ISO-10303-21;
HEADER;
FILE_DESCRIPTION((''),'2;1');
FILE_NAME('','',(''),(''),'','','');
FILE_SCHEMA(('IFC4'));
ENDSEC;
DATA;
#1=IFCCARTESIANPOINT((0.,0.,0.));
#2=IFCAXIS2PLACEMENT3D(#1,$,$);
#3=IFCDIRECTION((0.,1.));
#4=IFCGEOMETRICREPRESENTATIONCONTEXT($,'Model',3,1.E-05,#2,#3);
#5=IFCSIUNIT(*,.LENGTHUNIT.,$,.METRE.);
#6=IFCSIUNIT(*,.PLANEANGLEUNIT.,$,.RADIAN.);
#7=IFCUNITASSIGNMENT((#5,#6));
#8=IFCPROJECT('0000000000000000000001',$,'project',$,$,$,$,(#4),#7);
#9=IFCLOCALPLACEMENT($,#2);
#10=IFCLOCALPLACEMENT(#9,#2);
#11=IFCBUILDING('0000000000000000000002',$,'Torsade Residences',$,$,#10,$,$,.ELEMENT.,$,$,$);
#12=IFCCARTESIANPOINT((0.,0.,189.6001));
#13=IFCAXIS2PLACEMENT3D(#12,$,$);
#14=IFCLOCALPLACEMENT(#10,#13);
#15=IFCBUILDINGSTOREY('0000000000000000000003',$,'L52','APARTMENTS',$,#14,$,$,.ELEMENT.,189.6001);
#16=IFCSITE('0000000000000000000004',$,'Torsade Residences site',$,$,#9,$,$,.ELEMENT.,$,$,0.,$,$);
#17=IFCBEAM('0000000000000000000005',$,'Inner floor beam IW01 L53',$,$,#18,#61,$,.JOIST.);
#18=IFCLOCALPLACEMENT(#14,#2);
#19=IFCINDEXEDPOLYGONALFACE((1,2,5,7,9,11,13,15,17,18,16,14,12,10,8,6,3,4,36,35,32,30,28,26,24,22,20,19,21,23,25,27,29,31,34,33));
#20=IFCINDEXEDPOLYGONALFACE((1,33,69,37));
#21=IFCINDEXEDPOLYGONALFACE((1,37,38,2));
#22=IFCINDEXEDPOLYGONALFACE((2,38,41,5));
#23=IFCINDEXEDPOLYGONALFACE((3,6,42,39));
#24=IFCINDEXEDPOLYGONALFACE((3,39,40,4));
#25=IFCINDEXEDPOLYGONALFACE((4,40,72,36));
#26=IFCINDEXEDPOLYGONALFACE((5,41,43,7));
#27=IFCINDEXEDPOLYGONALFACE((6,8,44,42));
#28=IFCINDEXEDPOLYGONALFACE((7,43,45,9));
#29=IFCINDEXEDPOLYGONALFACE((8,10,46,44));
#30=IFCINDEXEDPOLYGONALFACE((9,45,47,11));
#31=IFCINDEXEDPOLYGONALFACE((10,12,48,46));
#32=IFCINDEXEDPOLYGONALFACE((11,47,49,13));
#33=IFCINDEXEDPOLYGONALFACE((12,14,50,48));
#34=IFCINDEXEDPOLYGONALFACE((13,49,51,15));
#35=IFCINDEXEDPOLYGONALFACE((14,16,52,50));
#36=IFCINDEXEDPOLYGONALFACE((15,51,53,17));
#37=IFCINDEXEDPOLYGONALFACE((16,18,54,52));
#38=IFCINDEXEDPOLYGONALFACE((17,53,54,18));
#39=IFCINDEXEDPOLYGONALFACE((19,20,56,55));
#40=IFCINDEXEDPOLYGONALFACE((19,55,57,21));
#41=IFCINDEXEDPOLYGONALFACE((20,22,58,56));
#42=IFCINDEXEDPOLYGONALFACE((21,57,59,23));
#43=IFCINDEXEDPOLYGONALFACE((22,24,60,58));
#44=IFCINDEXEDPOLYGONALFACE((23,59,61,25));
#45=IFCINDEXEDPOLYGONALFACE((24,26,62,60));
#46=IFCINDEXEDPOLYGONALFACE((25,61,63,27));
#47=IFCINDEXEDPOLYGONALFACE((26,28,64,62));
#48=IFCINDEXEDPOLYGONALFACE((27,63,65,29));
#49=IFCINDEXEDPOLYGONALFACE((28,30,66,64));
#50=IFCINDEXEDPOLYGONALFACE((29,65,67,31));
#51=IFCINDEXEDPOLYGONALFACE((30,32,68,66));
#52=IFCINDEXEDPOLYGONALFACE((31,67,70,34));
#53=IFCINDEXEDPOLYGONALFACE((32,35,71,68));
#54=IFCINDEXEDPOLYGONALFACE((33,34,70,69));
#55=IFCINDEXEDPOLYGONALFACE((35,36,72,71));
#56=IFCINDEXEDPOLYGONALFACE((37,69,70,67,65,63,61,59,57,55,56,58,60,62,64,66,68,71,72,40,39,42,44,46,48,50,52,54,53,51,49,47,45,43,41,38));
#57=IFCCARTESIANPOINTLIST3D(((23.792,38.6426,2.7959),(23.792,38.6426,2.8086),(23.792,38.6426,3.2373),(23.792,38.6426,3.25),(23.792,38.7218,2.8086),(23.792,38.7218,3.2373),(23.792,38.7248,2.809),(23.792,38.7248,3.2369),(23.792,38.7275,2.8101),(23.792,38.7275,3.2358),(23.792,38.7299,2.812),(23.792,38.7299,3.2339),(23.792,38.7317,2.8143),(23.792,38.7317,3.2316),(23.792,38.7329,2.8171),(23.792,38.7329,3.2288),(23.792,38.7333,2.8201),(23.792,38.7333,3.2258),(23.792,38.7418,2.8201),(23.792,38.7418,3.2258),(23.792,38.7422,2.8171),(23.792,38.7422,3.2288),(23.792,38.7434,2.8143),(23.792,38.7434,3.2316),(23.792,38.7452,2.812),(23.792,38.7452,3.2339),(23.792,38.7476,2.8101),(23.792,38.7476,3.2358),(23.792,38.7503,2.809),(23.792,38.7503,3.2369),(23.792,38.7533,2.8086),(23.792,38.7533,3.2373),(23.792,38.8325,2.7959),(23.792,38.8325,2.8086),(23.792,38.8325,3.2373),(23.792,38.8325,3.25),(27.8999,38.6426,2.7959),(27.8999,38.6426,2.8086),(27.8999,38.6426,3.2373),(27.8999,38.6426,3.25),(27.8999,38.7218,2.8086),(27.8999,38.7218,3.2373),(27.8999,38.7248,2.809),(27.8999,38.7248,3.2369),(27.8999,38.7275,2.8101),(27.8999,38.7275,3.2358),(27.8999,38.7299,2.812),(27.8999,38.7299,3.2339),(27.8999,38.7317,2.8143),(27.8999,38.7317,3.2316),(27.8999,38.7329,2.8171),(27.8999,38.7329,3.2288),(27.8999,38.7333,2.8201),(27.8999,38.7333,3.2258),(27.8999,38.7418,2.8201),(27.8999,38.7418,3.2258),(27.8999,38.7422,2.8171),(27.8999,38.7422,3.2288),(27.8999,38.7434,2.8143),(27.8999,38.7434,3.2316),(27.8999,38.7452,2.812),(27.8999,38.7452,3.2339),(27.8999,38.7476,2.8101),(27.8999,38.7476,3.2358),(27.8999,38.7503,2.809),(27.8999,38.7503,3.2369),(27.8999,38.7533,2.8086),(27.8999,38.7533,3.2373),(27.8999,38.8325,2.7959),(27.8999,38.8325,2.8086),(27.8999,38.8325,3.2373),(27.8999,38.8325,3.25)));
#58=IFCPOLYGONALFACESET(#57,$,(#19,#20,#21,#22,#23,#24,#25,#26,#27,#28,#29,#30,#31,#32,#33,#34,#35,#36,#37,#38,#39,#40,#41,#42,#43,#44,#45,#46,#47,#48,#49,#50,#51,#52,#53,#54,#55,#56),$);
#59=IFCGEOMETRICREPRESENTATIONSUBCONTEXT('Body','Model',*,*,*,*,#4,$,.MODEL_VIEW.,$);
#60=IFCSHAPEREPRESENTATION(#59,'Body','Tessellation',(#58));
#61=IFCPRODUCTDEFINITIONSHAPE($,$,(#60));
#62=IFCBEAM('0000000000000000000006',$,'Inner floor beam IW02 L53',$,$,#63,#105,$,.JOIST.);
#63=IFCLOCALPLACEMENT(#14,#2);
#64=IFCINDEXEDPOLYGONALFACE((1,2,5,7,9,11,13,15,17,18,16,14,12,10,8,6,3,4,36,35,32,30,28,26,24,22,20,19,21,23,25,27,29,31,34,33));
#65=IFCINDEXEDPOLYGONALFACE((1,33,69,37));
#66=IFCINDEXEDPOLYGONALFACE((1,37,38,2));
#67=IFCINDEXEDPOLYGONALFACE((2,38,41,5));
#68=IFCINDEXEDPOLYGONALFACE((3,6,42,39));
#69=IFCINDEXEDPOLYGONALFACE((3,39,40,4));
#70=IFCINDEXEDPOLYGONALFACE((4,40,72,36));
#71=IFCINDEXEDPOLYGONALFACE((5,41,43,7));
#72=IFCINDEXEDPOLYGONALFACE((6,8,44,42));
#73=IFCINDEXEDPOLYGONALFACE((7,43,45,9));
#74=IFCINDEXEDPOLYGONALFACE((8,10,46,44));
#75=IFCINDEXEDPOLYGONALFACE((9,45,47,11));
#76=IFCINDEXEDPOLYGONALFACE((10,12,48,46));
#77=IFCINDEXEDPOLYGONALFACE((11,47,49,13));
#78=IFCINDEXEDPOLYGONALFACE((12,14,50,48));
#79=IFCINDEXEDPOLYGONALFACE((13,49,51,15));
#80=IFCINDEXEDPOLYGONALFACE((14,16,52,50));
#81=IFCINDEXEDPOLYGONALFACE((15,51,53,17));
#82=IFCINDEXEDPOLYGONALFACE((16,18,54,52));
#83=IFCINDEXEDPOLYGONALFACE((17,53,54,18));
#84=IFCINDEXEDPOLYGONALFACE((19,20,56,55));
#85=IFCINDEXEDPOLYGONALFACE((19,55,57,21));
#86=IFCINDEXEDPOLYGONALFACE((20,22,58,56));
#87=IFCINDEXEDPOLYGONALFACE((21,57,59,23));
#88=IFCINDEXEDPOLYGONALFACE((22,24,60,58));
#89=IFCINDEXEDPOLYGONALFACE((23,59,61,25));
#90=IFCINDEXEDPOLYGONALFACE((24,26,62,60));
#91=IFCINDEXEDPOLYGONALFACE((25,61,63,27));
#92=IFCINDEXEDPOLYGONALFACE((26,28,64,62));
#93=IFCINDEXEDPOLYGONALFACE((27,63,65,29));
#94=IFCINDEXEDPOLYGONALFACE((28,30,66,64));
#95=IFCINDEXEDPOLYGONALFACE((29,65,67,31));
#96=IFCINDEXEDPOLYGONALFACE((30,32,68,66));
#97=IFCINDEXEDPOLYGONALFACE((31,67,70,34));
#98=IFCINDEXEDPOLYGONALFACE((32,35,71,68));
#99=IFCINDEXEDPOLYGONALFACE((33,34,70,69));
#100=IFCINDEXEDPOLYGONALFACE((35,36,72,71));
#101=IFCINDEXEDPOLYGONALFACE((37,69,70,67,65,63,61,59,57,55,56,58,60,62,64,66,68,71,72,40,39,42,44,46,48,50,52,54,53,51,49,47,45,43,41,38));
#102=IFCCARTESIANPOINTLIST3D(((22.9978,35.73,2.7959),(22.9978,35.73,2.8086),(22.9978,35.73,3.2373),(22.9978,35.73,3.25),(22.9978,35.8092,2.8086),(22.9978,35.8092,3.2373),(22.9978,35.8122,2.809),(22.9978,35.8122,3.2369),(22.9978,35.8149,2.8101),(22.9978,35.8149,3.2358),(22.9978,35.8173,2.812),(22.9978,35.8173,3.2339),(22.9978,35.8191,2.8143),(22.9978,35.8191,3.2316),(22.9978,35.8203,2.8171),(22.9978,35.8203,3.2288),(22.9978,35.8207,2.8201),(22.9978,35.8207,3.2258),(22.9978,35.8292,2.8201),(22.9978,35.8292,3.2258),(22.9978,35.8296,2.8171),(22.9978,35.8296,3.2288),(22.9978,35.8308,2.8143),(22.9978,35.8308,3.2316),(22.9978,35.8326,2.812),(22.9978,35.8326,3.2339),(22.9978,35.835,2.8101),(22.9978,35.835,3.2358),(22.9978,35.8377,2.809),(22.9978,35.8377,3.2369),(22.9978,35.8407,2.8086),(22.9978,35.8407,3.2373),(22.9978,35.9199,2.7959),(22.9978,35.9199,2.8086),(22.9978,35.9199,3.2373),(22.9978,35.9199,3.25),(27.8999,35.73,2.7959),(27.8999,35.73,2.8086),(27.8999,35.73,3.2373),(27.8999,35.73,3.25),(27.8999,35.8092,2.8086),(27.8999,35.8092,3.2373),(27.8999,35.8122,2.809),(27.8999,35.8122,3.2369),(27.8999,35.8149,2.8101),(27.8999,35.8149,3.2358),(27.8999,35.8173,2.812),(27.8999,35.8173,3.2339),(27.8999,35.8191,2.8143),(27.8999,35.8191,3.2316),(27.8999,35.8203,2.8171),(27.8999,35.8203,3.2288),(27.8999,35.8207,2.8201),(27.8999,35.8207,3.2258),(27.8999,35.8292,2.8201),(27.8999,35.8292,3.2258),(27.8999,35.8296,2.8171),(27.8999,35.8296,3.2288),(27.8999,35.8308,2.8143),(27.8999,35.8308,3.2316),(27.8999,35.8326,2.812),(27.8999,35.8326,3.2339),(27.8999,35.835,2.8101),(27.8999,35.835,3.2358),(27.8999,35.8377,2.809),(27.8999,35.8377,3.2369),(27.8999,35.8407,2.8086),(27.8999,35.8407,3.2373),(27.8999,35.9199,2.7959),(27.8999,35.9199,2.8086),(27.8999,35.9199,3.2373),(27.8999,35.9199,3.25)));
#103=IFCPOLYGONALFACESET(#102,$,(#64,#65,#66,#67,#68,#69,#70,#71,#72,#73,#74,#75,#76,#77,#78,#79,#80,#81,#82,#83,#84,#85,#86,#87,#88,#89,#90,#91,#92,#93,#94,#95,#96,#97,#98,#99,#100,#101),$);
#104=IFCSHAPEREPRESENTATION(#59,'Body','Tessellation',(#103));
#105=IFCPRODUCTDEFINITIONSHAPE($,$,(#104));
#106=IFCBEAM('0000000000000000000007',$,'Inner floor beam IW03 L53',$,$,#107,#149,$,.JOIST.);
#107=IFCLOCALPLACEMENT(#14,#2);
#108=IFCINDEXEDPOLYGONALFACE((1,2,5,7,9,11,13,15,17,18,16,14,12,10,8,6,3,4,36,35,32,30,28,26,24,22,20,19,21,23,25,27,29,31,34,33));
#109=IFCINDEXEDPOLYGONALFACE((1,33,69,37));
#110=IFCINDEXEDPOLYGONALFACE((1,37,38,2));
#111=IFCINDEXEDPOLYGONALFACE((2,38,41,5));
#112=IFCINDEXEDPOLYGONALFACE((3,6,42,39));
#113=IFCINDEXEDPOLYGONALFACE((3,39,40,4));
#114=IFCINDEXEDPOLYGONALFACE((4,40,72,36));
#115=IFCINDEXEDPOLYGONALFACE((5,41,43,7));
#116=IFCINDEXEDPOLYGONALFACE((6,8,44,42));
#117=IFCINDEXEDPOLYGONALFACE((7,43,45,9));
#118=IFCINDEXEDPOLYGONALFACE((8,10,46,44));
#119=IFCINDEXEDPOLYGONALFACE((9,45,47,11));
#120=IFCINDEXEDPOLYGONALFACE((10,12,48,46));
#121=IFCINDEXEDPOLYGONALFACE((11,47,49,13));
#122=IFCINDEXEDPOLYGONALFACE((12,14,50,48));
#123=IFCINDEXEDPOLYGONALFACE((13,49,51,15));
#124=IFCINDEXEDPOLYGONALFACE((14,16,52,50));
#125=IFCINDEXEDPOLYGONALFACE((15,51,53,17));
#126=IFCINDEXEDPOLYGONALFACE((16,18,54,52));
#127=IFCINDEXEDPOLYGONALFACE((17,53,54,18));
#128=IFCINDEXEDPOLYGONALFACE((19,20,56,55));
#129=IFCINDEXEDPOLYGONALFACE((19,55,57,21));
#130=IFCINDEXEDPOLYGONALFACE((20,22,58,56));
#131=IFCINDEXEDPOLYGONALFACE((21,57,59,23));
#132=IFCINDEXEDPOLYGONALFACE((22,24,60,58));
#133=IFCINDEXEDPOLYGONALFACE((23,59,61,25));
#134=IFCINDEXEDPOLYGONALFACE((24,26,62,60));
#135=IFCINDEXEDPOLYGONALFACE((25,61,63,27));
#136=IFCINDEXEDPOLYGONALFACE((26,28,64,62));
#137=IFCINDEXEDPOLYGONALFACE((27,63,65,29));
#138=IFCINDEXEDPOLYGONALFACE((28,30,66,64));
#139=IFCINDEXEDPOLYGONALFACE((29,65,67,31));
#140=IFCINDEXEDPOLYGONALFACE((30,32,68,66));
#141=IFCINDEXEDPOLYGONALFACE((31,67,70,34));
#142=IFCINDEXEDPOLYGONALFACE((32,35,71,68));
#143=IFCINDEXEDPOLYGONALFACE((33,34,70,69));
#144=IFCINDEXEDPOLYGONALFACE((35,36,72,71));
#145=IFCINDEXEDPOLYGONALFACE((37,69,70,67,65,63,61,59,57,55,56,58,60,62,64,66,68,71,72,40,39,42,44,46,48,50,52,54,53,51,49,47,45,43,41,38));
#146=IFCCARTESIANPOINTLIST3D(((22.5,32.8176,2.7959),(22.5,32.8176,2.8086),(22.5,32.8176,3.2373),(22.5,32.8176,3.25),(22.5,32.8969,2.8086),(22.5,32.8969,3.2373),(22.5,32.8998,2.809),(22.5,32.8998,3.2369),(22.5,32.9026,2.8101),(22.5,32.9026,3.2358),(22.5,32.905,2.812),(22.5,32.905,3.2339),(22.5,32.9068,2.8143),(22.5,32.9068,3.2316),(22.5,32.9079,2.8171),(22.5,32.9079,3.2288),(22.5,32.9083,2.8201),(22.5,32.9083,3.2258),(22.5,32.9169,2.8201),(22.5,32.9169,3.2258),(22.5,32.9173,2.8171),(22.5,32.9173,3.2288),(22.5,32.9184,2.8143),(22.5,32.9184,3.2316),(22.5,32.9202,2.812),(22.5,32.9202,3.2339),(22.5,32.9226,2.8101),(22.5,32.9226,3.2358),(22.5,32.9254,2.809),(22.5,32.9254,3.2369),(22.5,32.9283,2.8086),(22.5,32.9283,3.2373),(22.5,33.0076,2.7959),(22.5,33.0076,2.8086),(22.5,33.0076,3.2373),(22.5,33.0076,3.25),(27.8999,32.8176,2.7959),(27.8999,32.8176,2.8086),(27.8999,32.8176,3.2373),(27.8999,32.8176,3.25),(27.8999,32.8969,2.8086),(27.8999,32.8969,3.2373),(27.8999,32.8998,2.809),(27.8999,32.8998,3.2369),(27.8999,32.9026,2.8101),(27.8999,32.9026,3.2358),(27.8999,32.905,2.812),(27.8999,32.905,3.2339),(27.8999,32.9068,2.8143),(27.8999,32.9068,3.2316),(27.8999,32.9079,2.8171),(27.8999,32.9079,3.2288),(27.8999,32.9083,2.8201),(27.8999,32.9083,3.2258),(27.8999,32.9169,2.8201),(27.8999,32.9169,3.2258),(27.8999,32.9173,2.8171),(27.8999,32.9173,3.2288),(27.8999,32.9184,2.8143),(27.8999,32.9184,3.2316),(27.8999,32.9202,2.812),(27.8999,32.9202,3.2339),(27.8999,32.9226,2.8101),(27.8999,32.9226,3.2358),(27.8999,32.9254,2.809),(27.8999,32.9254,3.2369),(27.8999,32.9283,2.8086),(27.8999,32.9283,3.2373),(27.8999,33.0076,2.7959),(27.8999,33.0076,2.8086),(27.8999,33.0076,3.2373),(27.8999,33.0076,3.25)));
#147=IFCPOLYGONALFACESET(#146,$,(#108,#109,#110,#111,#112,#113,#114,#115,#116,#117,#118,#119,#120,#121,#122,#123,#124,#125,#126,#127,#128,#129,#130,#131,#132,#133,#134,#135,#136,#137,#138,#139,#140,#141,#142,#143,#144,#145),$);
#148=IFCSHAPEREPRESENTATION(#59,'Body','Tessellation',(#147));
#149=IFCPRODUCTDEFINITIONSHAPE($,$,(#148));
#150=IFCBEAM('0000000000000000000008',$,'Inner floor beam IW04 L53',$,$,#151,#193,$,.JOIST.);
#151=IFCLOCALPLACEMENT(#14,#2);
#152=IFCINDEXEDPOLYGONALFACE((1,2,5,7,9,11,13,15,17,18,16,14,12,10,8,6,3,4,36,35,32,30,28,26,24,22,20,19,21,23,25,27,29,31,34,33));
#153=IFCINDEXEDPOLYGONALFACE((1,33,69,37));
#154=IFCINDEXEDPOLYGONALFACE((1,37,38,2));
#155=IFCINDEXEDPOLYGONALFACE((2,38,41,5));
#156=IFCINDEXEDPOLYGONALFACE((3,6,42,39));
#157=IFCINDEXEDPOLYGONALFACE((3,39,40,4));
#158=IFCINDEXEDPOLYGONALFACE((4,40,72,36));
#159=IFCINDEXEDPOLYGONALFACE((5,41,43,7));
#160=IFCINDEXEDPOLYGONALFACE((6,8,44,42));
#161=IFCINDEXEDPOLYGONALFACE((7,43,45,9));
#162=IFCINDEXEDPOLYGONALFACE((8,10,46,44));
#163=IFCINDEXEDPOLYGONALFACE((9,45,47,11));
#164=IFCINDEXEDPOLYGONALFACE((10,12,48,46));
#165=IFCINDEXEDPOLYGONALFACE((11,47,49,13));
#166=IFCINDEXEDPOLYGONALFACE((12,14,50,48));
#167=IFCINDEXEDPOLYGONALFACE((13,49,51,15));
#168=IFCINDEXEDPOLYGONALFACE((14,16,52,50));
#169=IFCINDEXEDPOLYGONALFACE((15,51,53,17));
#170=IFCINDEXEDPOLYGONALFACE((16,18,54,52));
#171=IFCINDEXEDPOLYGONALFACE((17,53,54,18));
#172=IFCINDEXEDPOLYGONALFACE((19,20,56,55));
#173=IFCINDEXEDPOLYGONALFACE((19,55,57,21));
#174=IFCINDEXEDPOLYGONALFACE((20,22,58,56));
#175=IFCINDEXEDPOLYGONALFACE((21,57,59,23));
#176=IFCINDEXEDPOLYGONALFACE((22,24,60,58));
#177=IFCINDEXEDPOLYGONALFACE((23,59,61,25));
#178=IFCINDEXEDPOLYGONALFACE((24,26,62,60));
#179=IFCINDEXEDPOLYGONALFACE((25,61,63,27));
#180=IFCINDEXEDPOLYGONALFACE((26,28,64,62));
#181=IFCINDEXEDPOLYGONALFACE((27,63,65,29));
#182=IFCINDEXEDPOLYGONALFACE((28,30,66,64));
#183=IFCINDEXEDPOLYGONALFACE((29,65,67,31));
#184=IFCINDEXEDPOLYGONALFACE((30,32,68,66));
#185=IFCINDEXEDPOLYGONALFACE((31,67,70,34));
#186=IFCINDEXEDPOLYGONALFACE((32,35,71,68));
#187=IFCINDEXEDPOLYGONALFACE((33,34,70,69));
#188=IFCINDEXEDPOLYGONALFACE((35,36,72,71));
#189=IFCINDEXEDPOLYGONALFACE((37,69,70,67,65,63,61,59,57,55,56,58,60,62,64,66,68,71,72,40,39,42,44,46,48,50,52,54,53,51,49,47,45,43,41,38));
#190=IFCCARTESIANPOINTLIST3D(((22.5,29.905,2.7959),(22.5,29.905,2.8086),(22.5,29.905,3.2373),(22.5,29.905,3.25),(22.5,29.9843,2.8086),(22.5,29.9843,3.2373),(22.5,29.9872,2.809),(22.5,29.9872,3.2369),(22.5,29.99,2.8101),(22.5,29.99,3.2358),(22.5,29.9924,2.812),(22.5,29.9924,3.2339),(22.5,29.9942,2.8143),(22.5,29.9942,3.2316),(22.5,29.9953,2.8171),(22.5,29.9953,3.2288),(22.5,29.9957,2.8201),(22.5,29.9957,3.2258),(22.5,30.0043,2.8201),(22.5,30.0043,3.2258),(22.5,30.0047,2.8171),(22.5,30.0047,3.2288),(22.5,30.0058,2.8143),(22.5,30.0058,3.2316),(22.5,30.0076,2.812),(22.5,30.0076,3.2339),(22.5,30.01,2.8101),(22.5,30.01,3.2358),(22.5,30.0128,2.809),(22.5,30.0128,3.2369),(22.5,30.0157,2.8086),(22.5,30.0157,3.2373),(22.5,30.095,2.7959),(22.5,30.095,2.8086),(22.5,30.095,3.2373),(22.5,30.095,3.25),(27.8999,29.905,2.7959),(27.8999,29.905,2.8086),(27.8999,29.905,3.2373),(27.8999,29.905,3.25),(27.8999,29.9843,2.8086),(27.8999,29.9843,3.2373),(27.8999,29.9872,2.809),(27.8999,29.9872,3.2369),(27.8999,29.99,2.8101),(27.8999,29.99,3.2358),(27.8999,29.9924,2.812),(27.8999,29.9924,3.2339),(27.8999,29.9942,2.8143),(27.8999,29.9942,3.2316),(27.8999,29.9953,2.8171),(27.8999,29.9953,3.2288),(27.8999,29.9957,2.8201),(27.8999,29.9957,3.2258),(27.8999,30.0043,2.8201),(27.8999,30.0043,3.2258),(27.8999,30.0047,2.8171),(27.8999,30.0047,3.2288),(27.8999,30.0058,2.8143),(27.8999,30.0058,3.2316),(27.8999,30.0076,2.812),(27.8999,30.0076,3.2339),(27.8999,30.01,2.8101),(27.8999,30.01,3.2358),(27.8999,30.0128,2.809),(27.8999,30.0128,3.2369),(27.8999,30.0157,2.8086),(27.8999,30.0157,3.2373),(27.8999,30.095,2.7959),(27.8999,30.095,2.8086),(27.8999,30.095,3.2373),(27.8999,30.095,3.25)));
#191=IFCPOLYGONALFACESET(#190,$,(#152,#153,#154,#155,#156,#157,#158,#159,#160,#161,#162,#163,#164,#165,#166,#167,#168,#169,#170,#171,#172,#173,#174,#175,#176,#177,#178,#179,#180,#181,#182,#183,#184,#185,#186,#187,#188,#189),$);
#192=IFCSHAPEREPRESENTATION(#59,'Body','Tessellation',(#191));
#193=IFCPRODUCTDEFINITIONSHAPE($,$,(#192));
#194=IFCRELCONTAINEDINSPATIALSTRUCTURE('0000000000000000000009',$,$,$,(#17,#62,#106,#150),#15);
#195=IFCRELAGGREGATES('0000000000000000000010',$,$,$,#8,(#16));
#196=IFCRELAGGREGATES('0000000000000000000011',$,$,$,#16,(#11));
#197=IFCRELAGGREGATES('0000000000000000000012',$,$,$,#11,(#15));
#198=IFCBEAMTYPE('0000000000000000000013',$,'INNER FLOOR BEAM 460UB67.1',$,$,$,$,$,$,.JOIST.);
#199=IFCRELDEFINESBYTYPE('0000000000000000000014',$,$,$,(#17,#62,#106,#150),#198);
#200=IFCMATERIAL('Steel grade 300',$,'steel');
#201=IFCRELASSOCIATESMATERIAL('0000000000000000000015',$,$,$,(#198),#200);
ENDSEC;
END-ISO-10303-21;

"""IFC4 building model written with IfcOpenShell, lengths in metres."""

from ifc_helpers import new_model, si_unit, direction, frame, origin, origin_2d, place, context, subcontext, project, spatial, i_section, extrude, material, material_profile, profile_set, type_object, element, save


model = new_model("IFC4")

# Units and contexts
model_context = context("Model", 3, precision=1e-05, world=origin(), true_north=direction((0.0, 1.0)))
body_context = subcontext(model_context, "Body", "Model", "MODEL_VIEW")
ifc_project = project(units=[si_unit("LENGTHUNIT", "METRE"), si_unit("PLANEANGLEUNIT", "RADIAN")], contexts=[model_context])

# Site, building, storey
site_placement = place(None, origin())
site = spatial("IfcSite", under=ifc_project, at=site_placement, Name="Torsade Residences site", CompositionType="ELEMENT", RefElevation=0.0)
building_placement = place(site_placement, origin())
building = spatial("IfcBuilding", under=site, at=building_placement, Name="Torsade Residences", CompositionType="ELEMENT")
storey_placement = place(building_placement, frame((0.0, 0.0, 189.6001)))
storey = spatial("IfcBuildingStorey", under=building, at=storey_placement, Name="L52", Description="APARTMENTS", CompositionType="ELEMENT", Elevation=189.6001)

# Beams
ifc_material_1 = material(Name="Steel grade 300", Category="steel")
ifc_material_profile_1 = material_profile(ifc_material_1, i_section(OverallWidth=0.1899, OverallDepth=0.4541, WebThickness=0.0085, FlangeThickness=0.0127, FilletRadius=0.0115, at=origin_2d()), Name="460UB67.1")
ifc_profile_set_1 = profile_set([ifc_material_profile_1], Name="Steel grade 300")
beam_type = type_object("IfcBeamType", Name="INNER FLOOR BEAM 460UB67.1", PredefinedType="JOIST", material=ifc_profile_set_1)
beam_1_placement = place(storey_placement, frame((27.8999, 38.7375, 3.0229), z_axis=(-1.0, 0.0, 0.0), x_axis=(0.0, -1.0, 0.0)))
element("IfcBeam", 1, at=beam_1_placement, inside=storey, type_object=beam_type, Name="Inner floor beam IW01 L53", PredefinedType="JOIST", context=body_context, shape_type="SweptSolid", body=[
    extrude(i_section(OverallWidth=0.1899, OverallDepth=0.4541, WebThickness=0.0085, FlangeThickness=0.0127, FilletRadius=0.0115, at=origin_2d()), origin(), (0.0, 0.0, 1.0), 4.1079),
])
beam_2_placement = place(storey_placement, frame((27.8999, 35.825, 3.0229), z_axis=(-1.0, 0.0, 0.0), x_axis=(0.0, -1.0, 0.0)))
element("IfcBeam", 2, at=beam_2_placement, inside=storey, type_object=beam_type, Name="Inner floor beam IW02 L53", PredefinedType="JOIST", context=body_context, shape_type="SweptSolid", body=[
    extrude(i_section(OverallWidth=0.1899, OverallDepth=0.4541, WebThickness=0.0085, FlangeThickness=0.0127, FilletRadius=0.0115, at=origin_2d()), origin(), (0.0, 0.0, 1.0), 4.9021),
])
for number, where, z_axis, x_axis, name in (
    (3, (27.8999, 32.9126, 3.0229), (-1.0, 0.0, 0.0), (0.0, -1.0, 0.0), "Inner floor beam IW03 L53"),
    (4, (27.8999, 30.0, 3.0229), (-1.0, 0.0, 0.0), (0.0, -1.0, 0.0), "Inner floor beam IW04 L53"),
):
    element("IfcBeam", number, at=place(storey_placement, frame(where, z_axis=z_axis, x_axis=x_axis)), inside=storey, type_object=beam_type, Name=name, PredefinedType="JOIST", context=body_context, shape_type="SweptSolid", body=[
        extrude(i_section(OverallWidth=0.1899, OverallDepth=0.4541, WebThickness=0.0085, FlangeThickness=0.0127, FilletRadius=0.0115, at=origin_2d()), origin(), (0.0, 0.0, 1.0), 5.3999),
    ])

save(model, "model.ifc")
